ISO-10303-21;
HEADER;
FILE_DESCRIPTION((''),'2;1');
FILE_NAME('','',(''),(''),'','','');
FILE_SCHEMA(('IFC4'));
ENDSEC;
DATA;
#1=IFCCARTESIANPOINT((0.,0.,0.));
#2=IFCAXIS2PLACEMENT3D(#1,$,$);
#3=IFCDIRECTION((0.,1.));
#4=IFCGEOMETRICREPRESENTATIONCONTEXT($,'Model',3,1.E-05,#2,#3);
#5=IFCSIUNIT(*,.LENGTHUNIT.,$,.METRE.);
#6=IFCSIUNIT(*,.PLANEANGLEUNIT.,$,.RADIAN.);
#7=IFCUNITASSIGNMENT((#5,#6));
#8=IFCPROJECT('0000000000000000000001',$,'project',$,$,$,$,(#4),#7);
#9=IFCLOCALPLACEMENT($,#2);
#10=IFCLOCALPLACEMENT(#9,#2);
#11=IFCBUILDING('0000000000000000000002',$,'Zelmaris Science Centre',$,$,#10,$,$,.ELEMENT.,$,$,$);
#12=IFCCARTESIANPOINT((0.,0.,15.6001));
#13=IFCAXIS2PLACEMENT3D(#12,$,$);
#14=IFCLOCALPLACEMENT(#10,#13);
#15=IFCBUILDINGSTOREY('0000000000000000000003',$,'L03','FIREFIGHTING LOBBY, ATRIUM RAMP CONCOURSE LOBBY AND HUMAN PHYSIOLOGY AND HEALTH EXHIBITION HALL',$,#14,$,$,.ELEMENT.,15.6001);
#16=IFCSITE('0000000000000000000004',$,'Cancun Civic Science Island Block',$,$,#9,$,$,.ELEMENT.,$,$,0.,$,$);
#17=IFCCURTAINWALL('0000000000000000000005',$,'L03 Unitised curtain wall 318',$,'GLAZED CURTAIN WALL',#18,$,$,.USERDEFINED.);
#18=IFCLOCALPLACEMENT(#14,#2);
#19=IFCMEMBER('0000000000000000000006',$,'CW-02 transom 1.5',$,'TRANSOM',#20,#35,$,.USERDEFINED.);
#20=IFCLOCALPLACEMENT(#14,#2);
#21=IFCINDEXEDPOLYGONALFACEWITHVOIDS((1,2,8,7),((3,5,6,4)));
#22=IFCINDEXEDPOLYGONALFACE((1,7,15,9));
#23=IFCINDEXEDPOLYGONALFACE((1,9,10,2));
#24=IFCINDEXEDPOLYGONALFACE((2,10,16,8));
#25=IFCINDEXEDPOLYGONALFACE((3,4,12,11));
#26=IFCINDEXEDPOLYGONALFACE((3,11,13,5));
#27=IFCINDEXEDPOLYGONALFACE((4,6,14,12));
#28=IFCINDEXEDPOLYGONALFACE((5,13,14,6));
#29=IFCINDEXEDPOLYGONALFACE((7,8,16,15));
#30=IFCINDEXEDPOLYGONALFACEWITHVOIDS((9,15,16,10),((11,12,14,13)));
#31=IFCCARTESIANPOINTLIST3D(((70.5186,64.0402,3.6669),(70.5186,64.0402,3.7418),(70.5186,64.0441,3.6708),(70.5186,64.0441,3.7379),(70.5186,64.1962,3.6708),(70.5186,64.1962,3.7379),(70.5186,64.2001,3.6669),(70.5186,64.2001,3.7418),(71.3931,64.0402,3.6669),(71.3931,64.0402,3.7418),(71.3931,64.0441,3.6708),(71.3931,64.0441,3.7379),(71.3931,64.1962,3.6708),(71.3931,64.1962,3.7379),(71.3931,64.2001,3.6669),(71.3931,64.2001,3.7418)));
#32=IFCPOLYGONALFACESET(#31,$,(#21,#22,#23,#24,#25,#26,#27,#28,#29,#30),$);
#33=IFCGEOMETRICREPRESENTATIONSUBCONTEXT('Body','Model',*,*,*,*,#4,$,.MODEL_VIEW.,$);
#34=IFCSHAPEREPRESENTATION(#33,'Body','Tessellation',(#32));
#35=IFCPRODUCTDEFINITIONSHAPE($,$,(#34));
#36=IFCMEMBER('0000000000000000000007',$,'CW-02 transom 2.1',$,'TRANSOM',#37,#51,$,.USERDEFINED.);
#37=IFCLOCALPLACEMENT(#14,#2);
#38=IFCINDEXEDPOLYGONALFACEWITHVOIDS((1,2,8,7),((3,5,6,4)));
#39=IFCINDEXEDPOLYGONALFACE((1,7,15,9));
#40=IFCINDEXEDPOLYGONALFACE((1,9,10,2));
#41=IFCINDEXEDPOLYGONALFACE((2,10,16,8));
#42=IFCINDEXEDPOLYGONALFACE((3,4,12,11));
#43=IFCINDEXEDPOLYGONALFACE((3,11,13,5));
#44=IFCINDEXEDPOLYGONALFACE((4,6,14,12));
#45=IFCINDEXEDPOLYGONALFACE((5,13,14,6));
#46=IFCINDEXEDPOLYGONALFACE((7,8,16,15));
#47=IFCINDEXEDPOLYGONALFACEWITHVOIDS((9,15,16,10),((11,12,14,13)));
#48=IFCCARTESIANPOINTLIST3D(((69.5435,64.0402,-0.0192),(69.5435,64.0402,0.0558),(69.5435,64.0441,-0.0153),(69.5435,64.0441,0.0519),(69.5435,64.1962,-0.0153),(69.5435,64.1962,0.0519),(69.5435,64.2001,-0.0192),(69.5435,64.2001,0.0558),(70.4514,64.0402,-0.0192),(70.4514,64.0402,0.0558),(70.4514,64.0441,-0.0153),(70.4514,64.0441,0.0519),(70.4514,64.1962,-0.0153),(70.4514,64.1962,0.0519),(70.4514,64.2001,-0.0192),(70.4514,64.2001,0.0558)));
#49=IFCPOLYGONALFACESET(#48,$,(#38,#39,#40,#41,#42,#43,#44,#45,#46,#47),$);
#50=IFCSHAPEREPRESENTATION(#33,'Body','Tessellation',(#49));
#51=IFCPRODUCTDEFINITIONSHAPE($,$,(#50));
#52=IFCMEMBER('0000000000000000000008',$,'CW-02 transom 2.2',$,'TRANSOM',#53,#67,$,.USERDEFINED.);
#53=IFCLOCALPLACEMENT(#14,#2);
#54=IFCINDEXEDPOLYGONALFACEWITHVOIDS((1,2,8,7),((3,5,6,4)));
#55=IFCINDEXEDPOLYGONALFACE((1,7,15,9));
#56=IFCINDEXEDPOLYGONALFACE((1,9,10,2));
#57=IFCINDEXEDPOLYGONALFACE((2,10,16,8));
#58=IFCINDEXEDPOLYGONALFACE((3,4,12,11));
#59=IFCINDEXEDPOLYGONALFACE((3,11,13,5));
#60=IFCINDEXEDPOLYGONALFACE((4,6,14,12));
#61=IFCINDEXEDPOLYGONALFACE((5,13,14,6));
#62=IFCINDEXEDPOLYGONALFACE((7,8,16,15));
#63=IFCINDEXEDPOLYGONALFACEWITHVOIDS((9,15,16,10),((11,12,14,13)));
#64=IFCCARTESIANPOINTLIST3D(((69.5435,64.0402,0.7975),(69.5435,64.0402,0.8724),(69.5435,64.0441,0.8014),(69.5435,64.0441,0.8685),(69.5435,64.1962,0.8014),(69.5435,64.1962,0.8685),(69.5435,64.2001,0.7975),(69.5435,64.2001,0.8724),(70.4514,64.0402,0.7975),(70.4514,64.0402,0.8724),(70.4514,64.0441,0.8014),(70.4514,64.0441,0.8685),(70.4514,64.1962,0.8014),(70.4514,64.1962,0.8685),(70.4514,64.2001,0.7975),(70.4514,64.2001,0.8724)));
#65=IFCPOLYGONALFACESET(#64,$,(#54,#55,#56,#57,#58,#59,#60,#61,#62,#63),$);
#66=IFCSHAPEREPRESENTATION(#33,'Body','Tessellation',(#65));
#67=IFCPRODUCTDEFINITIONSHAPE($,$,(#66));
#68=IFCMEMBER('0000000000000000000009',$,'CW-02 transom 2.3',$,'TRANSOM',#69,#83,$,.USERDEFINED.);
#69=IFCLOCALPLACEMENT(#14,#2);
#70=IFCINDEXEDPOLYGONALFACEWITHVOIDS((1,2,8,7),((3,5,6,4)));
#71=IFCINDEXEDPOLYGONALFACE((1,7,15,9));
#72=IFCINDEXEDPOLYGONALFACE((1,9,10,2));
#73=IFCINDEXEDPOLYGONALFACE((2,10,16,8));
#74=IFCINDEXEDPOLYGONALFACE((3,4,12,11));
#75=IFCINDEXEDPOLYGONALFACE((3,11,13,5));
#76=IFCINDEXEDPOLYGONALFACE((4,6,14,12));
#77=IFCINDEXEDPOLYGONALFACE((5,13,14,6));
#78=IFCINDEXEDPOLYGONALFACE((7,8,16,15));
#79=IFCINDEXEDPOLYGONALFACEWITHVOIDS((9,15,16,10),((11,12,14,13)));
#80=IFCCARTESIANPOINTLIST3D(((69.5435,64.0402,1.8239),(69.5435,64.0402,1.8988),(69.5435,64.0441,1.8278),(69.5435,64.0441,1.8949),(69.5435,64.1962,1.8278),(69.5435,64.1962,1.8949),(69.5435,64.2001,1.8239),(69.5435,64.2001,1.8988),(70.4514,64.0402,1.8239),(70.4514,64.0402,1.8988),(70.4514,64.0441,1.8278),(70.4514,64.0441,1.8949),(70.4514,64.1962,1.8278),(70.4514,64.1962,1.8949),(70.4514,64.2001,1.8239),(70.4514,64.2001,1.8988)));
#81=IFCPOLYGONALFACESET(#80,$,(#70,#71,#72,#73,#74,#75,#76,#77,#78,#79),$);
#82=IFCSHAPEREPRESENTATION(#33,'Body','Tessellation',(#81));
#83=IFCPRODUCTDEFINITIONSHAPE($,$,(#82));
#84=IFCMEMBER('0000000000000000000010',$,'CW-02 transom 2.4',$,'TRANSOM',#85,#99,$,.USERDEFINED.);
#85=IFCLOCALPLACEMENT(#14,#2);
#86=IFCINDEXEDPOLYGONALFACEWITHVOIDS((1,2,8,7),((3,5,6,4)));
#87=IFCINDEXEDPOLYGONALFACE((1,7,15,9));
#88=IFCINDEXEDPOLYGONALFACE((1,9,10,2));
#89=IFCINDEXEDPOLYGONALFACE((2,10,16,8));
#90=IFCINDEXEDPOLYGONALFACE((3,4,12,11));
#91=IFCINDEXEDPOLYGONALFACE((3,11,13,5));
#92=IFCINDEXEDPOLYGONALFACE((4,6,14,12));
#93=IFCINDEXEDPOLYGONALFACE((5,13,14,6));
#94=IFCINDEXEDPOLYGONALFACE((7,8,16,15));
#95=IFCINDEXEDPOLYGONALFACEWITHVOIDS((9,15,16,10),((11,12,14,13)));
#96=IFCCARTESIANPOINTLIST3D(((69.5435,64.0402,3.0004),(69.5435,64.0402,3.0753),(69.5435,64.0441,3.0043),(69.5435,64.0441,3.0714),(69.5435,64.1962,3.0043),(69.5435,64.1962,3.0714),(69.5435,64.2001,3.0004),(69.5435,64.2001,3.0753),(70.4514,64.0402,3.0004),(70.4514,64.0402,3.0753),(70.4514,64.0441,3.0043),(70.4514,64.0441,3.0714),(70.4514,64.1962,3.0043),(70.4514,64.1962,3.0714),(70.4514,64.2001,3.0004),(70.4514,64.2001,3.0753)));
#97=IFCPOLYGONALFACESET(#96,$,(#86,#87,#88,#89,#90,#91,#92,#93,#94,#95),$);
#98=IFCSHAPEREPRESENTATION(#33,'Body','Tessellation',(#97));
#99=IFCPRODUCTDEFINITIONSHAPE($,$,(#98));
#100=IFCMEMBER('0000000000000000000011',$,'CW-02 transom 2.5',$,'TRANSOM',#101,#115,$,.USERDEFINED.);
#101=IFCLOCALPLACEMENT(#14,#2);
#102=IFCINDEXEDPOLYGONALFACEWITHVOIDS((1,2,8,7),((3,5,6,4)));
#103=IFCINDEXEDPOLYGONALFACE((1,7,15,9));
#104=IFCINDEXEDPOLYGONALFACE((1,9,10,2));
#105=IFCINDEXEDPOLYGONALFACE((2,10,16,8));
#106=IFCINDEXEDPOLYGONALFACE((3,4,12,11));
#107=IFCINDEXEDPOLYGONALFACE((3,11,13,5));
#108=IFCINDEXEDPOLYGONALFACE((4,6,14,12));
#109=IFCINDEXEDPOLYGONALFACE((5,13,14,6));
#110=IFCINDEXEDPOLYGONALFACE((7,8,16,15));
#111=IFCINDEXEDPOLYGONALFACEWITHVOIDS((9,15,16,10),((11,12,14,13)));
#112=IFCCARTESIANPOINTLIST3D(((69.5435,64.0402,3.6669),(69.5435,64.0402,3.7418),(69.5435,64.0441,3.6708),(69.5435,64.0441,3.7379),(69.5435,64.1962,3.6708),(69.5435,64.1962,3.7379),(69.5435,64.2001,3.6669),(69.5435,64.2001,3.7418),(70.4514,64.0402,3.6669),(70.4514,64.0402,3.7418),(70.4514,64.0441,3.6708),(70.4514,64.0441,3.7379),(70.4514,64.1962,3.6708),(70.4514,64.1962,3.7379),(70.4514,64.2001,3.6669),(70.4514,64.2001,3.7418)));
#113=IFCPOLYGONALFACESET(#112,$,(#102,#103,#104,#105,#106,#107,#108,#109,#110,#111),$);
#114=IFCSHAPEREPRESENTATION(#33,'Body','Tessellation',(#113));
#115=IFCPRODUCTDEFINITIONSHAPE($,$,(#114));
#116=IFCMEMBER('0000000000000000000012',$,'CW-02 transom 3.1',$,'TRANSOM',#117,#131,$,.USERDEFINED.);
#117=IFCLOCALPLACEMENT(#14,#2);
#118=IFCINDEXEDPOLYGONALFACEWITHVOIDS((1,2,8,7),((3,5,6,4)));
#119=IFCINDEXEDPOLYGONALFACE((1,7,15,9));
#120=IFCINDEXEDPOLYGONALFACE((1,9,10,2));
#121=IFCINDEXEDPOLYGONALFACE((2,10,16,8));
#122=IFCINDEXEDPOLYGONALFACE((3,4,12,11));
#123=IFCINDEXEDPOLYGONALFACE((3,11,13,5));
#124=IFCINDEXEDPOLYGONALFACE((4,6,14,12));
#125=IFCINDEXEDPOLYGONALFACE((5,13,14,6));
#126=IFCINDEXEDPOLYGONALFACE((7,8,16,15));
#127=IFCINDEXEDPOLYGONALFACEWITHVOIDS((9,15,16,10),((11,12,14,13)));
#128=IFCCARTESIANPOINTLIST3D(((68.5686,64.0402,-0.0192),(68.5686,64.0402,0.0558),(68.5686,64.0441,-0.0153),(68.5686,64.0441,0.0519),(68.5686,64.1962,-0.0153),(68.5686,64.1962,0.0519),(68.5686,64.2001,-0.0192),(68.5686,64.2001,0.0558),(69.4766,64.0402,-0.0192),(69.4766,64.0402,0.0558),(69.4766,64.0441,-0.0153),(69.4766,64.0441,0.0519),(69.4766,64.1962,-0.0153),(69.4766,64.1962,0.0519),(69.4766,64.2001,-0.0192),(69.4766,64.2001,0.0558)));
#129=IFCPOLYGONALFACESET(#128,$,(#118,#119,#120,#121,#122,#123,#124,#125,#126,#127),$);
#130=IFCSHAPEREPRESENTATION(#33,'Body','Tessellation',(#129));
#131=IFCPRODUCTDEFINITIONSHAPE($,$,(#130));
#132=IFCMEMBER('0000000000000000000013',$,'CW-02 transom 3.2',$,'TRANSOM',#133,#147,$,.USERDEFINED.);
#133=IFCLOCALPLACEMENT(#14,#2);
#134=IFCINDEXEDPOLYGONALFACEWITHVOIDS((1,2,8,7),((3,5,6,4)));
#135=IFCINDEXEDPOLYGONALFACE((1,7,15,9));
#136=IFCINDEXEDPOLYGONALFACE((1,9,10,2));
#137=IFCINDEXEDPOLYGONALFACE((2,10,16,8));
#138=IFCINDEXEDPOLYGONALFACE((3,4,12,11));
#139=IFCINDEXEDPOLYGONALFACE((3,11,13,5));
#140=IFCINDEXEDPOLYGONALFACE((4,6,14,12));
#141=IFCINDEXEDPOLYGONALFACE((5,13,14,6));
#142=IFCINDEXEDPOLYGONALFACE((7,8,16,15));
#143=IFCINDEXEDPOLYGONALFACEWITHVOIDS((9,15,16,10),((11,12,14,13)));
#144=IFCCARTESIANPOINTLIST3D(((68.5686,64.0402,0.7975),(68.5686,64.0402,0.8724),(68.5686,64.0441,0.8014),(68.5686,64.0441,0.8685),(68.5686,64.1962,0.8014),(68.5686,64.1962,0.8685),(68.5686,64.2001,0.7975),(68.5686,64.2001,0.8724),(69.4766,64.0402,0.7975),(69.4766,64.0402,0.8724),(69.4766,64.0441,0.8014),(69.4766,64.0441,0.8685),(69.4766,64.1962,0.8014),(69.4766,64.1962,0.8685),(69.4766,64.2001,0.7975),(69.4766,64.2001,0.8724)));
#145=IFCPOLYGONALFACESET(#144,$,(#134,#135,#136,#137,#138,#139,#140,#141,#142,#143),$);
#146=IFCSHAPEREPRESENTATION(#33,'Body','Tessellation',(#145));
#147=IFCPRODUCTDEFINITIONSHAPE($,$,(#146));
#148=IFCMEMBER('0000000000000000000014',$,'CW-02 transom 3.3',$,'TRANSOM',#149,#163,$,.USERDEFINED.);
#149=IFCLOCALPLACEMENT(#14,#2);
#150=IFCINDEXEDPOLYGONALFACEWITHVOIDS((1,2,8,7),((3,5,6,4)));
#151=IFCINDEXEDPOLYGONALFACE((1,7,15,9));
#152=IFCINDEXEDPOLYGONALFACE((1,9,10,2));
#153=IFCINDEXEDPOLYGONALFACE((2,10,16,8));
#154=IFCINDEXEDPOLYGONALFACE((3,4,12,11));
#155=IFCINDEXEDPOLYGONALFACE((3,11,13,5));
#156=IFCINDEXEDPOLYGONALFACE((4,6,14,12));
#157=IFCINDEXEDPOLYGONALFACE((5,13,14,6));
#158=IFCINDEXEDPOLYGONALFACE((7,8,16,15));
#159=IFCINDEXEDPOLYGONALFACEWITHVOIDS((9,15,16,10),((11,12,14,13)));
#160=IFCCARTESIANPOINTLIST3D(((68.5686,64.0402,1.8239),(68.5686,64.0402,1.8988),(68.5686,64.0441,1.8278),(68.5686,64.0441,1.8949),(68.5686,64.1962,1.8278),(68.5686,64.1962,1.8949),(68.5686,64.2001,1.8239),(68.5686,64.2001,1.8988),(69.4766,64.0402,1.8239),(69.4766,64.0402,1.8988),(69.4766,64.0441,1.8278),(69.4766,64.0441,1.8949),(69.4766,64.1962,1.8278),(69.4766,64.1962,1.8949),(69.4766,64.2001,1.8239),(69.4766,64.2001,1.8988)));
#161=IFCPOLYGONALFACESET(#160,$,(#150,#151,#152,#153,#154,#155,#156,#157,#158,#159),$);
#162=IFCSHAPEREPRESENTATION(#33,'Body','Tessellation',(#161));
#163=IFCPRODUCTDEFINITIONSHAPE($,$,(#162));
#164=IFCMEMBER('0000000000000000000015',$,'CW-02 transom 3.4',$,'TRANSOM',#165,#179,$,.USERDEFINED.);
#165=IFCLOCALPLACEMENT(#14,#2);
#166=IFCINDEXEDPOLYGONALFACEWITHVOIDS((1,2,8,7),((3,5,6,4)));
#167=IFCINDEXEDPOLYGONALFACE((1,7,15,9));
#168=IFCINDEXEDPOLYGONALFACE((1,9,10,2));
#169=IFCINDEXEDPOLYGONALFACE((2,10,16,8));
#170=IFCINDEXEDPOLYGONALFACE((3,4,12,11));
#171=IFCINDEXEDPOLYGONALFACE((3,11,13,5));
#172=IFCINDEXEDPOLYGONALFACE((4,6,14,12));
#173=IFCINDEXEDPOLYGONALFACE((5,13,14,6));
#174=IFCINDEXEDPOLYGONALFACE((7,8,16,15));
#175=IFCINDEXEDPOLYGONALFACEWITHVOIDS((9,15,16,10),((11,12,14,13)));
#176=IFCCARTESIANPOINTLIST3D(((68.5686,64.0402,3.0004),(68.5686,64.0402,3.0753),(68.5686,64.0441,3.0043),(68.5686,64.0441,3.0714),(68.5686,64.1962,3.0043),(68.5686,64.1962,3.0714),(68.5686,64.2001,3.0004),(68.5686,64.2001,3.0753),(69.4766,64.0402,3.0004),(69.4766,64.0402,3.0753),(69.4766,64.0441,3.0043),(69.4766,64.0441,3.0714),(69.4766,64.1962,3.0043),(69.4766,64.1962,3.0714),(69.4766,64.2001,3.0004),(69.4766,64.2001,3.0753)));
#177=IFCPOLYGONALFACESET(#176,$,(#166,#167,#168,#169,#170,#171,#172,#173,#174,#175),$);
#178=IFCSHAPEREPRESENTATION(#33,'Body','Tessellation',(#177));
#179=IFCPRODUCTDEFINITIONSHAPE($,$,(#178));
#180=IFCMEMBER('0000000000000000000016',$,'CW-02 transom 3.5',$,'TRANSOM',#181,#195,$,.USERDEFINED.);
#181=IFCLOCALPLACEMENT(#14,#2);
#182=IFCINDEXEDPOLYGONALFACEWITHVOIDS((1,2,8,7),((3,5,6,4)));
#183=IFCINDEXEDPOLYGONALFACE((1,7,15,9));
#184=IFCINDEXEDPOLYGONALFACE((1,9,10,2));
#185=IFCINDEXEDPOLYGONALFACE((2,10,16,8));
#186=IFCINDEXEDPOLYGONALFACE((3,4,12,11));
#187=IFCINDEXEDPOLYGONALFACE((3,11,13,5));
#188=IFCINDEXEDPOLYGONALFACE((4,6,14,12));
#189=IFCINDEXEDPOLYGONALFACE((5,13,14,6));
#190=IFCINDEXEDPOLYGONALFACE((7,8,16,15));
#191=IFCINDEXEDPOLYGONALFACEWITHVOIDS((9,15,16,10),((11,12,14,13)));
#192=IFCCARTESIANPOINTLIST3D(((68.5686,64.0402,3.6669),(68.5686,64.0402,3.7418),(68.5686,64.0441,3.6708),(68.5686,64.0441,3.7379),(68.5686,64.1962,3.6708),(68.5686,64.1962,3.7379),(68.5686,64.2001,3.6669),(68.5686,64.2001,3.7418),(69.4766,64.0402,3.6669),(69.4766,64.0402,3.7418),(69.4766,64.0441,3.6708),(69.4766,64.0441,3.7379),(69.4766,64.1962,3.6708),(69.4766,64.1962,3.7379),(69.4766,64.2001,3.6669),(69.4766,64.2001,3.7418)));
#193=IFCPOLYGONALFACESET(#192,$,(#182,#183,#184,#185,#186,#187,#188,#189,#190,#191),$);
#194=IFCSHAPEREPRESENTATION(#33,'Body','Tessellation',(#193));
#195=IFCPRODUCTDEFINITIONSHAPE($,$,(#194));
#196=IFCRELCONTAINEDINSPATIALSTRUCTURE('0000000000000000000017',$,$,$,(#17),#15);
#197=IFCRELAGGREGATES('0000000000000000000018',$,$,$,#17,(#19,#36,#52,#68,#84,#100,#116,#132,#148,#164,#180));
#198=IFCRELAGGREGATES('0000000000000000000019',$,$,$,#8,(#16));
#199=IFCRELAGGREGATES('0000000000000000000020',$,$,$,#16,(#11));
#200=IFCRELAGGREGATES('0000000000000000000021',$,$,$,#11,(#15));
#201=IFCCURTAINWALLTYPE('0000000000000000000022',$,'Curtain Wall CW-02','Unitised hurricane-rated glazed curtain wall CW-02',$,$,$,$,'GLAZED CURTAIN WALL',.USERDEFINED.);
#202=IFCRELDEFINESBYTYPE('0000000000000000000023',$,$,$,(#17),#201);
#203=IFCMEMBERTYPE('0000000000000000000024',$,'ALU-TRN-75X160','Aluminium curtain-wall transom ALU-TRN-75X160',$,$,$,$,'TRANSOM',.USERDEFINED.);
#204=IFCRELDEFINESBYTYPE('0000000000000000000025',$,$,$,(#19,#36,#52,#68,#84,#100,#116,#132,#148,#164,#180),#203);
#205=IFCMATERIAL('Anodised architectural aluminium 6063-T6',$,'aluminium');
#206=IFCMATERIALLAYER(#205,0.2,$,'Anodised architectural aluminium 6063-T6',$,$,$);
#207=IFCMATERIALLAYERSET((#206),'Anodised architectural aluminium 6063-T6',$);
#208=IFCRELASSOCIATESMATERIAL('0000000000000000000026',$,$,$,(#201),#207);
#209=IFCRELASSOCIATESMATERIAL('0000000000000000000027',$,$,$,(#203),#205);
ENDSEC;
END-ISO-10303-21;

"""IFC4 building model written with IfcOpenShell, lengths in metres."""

from ifc_helpers import new_model, si_unit, direction, frame, origin, origin_2d, place, context, subcontext, project, spatial, hollow_rectangle, extrude, material, layer, layer_set, material_profile, profile_set, type_object, element, aggregate, save


model = new_model("IFC4")

# Units and contexts
model_context = context("Model", 3, precision=1e-05, world=origin(), true_north=direction((0.0, 1.0)))
body_context = subcontext(model_context, "Body", "Model", "MODEL_VIEW")
ifc_project = project(units=[si_unit("LENGTHUNIT", "METRE"), si_unit("PLANEANGLEUNIT", "RADIAN")], contexts=[model_context])

# Site, building, storey
site_placement = place(None, origin())
site = spatial("IfcSite", under=ifc_project, at=site_placement, Name="Cancun Civic Science Island Block", CompositionType="ELEMENT", RefElevation=0.0)
building_placement = place(site_placement, origin())
building = spatial("IfcBuilding", under=site, at=building_placement, Name="Zelmaris Science Centre", CompositionType="ELEMENT")
storey_placement = place(building_placement, frame((0.0, 0.0, 15.6001)))
storey = spatial("IfcBuildingStorey", under=building, at=storey_placement, Name="L03", Description="FIREFIGHTING LOBBY, ATRIUM RAMP CONCOURSE LOBBY AND HUMAN PHYSIOLOGY AND HEALTH EXHIBITION HALL", CompositionType="ELEMENT", Elevation=15.6001)

# Curtain wall, members
ifc_material_1 = material(Name="Anodised architectural aluminium 6063-T6", Category="aluminium")
ifc_layer_1 = layer(ifc_material_1, 0.2, Name="Anodised architectural aluminium 6063-T6")
ifc_layer_set_1 = layer_set([ifc_layer_1], Name="Anodised architectural aluminium 6063-T6")
curtain_wall_type = type_object("IfcCurtainWallType", Name="Curtain Wall CW-02", Description="Unitised hurricane-rated glazed curtain wall CW-02", ElementType="GLAZED CURTAIN WALL", PredefinedType="USERDEFINED", material=ifc_layer_set_1)
curtain_wall_placement = place(storey_placement, origin())
curtain_wall = element("IfcCurtainWall", 1, at=curtain_wall_placement, inside=storey, type_object=curtain_wall_type, Name="L03 Unitised curtain wall 318", ObjectType="GLAZED CURTAIN WALL", PredefinedType="USERDEFINED")
ifc_material_profile_1 = material_profile(ifc_material_1, hollow_rectangle(XDim=0.075, YDim=0.1599, WallThickness=0.0039, at=origin_2d()), Name="ALU-TRN-75X160")
ifc_profile_set_1 = profile_set([ifc_material_profile_1], Name="Anodised architectural aluminium 6063-T6")
member_type_1 = type_object("IfcMemberType", Name="ALU-TRN-75X160", Description="Aluminium curtain-wall transom ALU-TRN-75X160", ElementType="TRANSOM", PredefinedType="USERDEFINED", material=ifc_profile_set_1)
member_1_placement = place(storey_placement, frame((71.3931, 64.1201, 3.7043), z_axis=(-1.0, 0.0, 0.0), x_axis=(0.0, 0.0, 1.0)))
member_1 = element("IfcMember", 2, at=member_1_placement, type_object=member_type_1, Name="CW-02 transom 1.5", ObjectType="TRANSOM", PredefinedType="USERDEFINED", context=body_context, shape_type="SweptSolid", body=[
    extrude(hollow_rectangle(XDim=0.075, YDim=0.1599, WallThickness=0.0039, at=origin_2d()), origin(), (0.0, 0.0, 1.0), 0.8745),
])
member_2_placement = place(storey_placement, frame((70.4514, 64.1201, 0.0183), z_axis=(-1.0, 0.0, 0.0), x_axis=(0.0, 0.0, 1.0)))
member_2 = element("IfcMember", 3, at=member_2_placement, type_object=member_type_1, Name="CW-02 transom 2.1", ObjectType="TRANSOM", PredefinedType="USERDEFINED", context=body_context, shape_type="SweptSolid", body=[
    extrude(hollow_rectangle(XDim=0.075, YDim=0.1599, WallThickness=0.0039, at=origin_2d()), origin(), (0.0, 0.0, 1.0), 0.908),
])
member_3_placement = place(storey_placement, frame((70.4514, 64.1201, 0.835), z_axis=(-1.0, 0.0, 0.0), x_axis=(0.0, 0.0, 1.0)))
member_3 = element("IfcMember", 4, at=member_3_placement, type_object=member_type_1, Name="CW-02 transom 2.2", ObjectType="TRANSOM", PredefinedType="USERDEFINED", context=body_context, shape_type="SweptSolid", body=[
    extrude(hollow_rectangle(XDim=0.075, YDim=0.1599, WallThickness=0.0039, at=origin_2d()), origin(), (0.0, 0.0, 1.0), 0.908),
])
member_4_placement = place(storey_placement, frame((70.4514, 64.1201, 1.8613), z_axis=(-1.0, 0.0, 0.0), x_axis=(0.0, 0.0, 1.0)))
member_4 = element("IfcMember", 5, at=member_4_placement, type_object=member_type_1, Name="CW-02 transom 2.3", ObjectType="TRANSOM", PredefinedType="USERDEFINED", context=body_context, shape_type="SweptSolid", body=[
    extrude(hollow_rectangle(XDim=0.075, YDim=0.1599, WallThickness=0.0039, at=origin_2d()), origin(), (0.0, 0.0, 1.0), 0.908),
])
member_5_placement = place(storey_placement, frame((70.4514, 64.1201, 3.0378), z_axis=(-1.0, 0.0, 0.0), x_axis=(0.0, 0.0, 1.0)))
member_5 = element("IfcMember", 6, at=member_5_placement, type_object=member_type_1, Name="CW-02 transom 2.4", ObjectType="TRANSOM", PredefinedType="USERDEFINED", context=body_context, shape_type="SweptSolid", body=[
    extrude(hollow_rectangle(XDim=0.075, YDim=0.1599, WallThickness=0.0039, at=origin_2d()), origin(), (0.0, 0.0, 1.0), 0.908),
])
member_6_placement = place(storey_placement, frame((70.4514, 64.1201, 3.7043), z_axis=(-1.0, 0.0, 0.0), x_axis=(0.0, 0.0, 1.0)))
member_6 = element("IfcMember", 7, at=member_6_placement, type_object=member_type_1, Name="CW-02 transom 2.5", ObjectType="TRANSOM", PredefinedType="USERDEFINED", context=body_context, shape_type="SweptSolid", body=[
    extrude(hollow_rectangle(XDim=0.075, YDim=0.1599, WallThickness=0.0039, at=origin_2d()), origin(), (0.0, 0.0, 1.0), 0.908),
])
member_7_placement = place(storey_placement, frame((69.4766, 64.1201, 0.0183), z_axis=(-1.0, 0.0, 0.0), x_axis=(0.0, 0.0, 1.0)))
member_7 = element("IfcMember", 8, at=member_7_placement, type_object=member_type_1, Name="CW-02 transom 3.1", ObjectType="TRANSOM", PredefinedType="USERDEFINED", context=body_context, shape_type="SweptSolid", body=[
    extrude(hollow_rectangle(XDim=0.075, YDim=0.1599, WallThickness=0.0039, at=origin_2d()), origin(), (0.0, 0.0, 1.0), 0.908),
])
member_8_placement = place(storey_placement, frame((69.4766, 64.1201, 0.835), z_axis=(-1.0, 0.0, 0.0), x_axis=(0.0, 0.0, 1.0)))
member_8 = element("IfcMember", 9, at=member_8_placement, type_object=member_type_1, Name="CW-02 transom 3.2", ObjectType="TRANSOM", PredefinedType="USERDEFINED", context=body_context, shape_type="SweptSolid", body=[
    extrude(hollow_rectangle(XDim=0.075, YDim=0.1599, WallThickness=0.0039, at=origin_2d()), origin(), (0.0, 0.0, 1.0), 0.908),
])
member_9_placement = place(storey_placement, frame((69.4766, 64.1201, 1.8613), z_axis=(-1.0, 0.0, 0.0), x_axis=(0.0, 0.0, 1.0)))
member_9 = element("IfcMember", 10, at=member_9_placement, type_object=member_type_1, Name="CW-02 transom 3.3", ObjectType="TRANSOM", PredefinedType="USERDEFINED", context=body_context, shape_type="SweptSolid", body=[
    extrude(hollow_rectangle(XDim=0.075, YDim=0.1599, WallThickness=0.0039, at=origin_2d()), origin(), (0.0, 0.0, 1.0), 0.908),
])
member_10_placement = place(storey_placement, frame((69.4766, 64.1201, 3.0378), z_axis=(-1.0, 0.0, 0.0), x_axis=(0.0, 0.0, 1.0)))
member_10 = element("IfcMember", 11, at=member_10_placement, type_object=member_type_1, Name="CW-02 transom 3.4", ObjectType="TRANSOM", PredefinedType="USERDEFINED", context=body_context, shape_type="SweptSolid", body=[
    extrude(hollow_rectangle(XDim=0.075, YDim=0.1599, WallThickness=0.0039, at=origin_2d()), origin(), (0.0, 0.0, 1.0), 0.908),
])
member_11_placement = place(storey_placement, frame((69.4766, 64.1201, 3.7043), z_axis=(-1.0, 0.0, 0.0), x_axis=(0.0, 0.0, 1.0)))
member_11 = element("IfcMember", 12, at=member_11_placement, type_object=member_type_1, Name="CW-02 transom 3.5", ObjectType="TRANSOM", PredefinedType="USERDEFINED", context=body_context, shape_type="SweptSolid", body=[
    extrude(hollow_rectangle(XDim=0.075, YDim=0.1599, WallThickness=0.0039, at=origin_2d()), origin(), (0.0, 0.0, 1.0), 0.908),
])
aggregate(curtain_wall, [member_1, member_2, member_3, member_4, member_5, member_6, member_7, member_8, member_9, member_10, member_11])

save(model, "model.ifc")
